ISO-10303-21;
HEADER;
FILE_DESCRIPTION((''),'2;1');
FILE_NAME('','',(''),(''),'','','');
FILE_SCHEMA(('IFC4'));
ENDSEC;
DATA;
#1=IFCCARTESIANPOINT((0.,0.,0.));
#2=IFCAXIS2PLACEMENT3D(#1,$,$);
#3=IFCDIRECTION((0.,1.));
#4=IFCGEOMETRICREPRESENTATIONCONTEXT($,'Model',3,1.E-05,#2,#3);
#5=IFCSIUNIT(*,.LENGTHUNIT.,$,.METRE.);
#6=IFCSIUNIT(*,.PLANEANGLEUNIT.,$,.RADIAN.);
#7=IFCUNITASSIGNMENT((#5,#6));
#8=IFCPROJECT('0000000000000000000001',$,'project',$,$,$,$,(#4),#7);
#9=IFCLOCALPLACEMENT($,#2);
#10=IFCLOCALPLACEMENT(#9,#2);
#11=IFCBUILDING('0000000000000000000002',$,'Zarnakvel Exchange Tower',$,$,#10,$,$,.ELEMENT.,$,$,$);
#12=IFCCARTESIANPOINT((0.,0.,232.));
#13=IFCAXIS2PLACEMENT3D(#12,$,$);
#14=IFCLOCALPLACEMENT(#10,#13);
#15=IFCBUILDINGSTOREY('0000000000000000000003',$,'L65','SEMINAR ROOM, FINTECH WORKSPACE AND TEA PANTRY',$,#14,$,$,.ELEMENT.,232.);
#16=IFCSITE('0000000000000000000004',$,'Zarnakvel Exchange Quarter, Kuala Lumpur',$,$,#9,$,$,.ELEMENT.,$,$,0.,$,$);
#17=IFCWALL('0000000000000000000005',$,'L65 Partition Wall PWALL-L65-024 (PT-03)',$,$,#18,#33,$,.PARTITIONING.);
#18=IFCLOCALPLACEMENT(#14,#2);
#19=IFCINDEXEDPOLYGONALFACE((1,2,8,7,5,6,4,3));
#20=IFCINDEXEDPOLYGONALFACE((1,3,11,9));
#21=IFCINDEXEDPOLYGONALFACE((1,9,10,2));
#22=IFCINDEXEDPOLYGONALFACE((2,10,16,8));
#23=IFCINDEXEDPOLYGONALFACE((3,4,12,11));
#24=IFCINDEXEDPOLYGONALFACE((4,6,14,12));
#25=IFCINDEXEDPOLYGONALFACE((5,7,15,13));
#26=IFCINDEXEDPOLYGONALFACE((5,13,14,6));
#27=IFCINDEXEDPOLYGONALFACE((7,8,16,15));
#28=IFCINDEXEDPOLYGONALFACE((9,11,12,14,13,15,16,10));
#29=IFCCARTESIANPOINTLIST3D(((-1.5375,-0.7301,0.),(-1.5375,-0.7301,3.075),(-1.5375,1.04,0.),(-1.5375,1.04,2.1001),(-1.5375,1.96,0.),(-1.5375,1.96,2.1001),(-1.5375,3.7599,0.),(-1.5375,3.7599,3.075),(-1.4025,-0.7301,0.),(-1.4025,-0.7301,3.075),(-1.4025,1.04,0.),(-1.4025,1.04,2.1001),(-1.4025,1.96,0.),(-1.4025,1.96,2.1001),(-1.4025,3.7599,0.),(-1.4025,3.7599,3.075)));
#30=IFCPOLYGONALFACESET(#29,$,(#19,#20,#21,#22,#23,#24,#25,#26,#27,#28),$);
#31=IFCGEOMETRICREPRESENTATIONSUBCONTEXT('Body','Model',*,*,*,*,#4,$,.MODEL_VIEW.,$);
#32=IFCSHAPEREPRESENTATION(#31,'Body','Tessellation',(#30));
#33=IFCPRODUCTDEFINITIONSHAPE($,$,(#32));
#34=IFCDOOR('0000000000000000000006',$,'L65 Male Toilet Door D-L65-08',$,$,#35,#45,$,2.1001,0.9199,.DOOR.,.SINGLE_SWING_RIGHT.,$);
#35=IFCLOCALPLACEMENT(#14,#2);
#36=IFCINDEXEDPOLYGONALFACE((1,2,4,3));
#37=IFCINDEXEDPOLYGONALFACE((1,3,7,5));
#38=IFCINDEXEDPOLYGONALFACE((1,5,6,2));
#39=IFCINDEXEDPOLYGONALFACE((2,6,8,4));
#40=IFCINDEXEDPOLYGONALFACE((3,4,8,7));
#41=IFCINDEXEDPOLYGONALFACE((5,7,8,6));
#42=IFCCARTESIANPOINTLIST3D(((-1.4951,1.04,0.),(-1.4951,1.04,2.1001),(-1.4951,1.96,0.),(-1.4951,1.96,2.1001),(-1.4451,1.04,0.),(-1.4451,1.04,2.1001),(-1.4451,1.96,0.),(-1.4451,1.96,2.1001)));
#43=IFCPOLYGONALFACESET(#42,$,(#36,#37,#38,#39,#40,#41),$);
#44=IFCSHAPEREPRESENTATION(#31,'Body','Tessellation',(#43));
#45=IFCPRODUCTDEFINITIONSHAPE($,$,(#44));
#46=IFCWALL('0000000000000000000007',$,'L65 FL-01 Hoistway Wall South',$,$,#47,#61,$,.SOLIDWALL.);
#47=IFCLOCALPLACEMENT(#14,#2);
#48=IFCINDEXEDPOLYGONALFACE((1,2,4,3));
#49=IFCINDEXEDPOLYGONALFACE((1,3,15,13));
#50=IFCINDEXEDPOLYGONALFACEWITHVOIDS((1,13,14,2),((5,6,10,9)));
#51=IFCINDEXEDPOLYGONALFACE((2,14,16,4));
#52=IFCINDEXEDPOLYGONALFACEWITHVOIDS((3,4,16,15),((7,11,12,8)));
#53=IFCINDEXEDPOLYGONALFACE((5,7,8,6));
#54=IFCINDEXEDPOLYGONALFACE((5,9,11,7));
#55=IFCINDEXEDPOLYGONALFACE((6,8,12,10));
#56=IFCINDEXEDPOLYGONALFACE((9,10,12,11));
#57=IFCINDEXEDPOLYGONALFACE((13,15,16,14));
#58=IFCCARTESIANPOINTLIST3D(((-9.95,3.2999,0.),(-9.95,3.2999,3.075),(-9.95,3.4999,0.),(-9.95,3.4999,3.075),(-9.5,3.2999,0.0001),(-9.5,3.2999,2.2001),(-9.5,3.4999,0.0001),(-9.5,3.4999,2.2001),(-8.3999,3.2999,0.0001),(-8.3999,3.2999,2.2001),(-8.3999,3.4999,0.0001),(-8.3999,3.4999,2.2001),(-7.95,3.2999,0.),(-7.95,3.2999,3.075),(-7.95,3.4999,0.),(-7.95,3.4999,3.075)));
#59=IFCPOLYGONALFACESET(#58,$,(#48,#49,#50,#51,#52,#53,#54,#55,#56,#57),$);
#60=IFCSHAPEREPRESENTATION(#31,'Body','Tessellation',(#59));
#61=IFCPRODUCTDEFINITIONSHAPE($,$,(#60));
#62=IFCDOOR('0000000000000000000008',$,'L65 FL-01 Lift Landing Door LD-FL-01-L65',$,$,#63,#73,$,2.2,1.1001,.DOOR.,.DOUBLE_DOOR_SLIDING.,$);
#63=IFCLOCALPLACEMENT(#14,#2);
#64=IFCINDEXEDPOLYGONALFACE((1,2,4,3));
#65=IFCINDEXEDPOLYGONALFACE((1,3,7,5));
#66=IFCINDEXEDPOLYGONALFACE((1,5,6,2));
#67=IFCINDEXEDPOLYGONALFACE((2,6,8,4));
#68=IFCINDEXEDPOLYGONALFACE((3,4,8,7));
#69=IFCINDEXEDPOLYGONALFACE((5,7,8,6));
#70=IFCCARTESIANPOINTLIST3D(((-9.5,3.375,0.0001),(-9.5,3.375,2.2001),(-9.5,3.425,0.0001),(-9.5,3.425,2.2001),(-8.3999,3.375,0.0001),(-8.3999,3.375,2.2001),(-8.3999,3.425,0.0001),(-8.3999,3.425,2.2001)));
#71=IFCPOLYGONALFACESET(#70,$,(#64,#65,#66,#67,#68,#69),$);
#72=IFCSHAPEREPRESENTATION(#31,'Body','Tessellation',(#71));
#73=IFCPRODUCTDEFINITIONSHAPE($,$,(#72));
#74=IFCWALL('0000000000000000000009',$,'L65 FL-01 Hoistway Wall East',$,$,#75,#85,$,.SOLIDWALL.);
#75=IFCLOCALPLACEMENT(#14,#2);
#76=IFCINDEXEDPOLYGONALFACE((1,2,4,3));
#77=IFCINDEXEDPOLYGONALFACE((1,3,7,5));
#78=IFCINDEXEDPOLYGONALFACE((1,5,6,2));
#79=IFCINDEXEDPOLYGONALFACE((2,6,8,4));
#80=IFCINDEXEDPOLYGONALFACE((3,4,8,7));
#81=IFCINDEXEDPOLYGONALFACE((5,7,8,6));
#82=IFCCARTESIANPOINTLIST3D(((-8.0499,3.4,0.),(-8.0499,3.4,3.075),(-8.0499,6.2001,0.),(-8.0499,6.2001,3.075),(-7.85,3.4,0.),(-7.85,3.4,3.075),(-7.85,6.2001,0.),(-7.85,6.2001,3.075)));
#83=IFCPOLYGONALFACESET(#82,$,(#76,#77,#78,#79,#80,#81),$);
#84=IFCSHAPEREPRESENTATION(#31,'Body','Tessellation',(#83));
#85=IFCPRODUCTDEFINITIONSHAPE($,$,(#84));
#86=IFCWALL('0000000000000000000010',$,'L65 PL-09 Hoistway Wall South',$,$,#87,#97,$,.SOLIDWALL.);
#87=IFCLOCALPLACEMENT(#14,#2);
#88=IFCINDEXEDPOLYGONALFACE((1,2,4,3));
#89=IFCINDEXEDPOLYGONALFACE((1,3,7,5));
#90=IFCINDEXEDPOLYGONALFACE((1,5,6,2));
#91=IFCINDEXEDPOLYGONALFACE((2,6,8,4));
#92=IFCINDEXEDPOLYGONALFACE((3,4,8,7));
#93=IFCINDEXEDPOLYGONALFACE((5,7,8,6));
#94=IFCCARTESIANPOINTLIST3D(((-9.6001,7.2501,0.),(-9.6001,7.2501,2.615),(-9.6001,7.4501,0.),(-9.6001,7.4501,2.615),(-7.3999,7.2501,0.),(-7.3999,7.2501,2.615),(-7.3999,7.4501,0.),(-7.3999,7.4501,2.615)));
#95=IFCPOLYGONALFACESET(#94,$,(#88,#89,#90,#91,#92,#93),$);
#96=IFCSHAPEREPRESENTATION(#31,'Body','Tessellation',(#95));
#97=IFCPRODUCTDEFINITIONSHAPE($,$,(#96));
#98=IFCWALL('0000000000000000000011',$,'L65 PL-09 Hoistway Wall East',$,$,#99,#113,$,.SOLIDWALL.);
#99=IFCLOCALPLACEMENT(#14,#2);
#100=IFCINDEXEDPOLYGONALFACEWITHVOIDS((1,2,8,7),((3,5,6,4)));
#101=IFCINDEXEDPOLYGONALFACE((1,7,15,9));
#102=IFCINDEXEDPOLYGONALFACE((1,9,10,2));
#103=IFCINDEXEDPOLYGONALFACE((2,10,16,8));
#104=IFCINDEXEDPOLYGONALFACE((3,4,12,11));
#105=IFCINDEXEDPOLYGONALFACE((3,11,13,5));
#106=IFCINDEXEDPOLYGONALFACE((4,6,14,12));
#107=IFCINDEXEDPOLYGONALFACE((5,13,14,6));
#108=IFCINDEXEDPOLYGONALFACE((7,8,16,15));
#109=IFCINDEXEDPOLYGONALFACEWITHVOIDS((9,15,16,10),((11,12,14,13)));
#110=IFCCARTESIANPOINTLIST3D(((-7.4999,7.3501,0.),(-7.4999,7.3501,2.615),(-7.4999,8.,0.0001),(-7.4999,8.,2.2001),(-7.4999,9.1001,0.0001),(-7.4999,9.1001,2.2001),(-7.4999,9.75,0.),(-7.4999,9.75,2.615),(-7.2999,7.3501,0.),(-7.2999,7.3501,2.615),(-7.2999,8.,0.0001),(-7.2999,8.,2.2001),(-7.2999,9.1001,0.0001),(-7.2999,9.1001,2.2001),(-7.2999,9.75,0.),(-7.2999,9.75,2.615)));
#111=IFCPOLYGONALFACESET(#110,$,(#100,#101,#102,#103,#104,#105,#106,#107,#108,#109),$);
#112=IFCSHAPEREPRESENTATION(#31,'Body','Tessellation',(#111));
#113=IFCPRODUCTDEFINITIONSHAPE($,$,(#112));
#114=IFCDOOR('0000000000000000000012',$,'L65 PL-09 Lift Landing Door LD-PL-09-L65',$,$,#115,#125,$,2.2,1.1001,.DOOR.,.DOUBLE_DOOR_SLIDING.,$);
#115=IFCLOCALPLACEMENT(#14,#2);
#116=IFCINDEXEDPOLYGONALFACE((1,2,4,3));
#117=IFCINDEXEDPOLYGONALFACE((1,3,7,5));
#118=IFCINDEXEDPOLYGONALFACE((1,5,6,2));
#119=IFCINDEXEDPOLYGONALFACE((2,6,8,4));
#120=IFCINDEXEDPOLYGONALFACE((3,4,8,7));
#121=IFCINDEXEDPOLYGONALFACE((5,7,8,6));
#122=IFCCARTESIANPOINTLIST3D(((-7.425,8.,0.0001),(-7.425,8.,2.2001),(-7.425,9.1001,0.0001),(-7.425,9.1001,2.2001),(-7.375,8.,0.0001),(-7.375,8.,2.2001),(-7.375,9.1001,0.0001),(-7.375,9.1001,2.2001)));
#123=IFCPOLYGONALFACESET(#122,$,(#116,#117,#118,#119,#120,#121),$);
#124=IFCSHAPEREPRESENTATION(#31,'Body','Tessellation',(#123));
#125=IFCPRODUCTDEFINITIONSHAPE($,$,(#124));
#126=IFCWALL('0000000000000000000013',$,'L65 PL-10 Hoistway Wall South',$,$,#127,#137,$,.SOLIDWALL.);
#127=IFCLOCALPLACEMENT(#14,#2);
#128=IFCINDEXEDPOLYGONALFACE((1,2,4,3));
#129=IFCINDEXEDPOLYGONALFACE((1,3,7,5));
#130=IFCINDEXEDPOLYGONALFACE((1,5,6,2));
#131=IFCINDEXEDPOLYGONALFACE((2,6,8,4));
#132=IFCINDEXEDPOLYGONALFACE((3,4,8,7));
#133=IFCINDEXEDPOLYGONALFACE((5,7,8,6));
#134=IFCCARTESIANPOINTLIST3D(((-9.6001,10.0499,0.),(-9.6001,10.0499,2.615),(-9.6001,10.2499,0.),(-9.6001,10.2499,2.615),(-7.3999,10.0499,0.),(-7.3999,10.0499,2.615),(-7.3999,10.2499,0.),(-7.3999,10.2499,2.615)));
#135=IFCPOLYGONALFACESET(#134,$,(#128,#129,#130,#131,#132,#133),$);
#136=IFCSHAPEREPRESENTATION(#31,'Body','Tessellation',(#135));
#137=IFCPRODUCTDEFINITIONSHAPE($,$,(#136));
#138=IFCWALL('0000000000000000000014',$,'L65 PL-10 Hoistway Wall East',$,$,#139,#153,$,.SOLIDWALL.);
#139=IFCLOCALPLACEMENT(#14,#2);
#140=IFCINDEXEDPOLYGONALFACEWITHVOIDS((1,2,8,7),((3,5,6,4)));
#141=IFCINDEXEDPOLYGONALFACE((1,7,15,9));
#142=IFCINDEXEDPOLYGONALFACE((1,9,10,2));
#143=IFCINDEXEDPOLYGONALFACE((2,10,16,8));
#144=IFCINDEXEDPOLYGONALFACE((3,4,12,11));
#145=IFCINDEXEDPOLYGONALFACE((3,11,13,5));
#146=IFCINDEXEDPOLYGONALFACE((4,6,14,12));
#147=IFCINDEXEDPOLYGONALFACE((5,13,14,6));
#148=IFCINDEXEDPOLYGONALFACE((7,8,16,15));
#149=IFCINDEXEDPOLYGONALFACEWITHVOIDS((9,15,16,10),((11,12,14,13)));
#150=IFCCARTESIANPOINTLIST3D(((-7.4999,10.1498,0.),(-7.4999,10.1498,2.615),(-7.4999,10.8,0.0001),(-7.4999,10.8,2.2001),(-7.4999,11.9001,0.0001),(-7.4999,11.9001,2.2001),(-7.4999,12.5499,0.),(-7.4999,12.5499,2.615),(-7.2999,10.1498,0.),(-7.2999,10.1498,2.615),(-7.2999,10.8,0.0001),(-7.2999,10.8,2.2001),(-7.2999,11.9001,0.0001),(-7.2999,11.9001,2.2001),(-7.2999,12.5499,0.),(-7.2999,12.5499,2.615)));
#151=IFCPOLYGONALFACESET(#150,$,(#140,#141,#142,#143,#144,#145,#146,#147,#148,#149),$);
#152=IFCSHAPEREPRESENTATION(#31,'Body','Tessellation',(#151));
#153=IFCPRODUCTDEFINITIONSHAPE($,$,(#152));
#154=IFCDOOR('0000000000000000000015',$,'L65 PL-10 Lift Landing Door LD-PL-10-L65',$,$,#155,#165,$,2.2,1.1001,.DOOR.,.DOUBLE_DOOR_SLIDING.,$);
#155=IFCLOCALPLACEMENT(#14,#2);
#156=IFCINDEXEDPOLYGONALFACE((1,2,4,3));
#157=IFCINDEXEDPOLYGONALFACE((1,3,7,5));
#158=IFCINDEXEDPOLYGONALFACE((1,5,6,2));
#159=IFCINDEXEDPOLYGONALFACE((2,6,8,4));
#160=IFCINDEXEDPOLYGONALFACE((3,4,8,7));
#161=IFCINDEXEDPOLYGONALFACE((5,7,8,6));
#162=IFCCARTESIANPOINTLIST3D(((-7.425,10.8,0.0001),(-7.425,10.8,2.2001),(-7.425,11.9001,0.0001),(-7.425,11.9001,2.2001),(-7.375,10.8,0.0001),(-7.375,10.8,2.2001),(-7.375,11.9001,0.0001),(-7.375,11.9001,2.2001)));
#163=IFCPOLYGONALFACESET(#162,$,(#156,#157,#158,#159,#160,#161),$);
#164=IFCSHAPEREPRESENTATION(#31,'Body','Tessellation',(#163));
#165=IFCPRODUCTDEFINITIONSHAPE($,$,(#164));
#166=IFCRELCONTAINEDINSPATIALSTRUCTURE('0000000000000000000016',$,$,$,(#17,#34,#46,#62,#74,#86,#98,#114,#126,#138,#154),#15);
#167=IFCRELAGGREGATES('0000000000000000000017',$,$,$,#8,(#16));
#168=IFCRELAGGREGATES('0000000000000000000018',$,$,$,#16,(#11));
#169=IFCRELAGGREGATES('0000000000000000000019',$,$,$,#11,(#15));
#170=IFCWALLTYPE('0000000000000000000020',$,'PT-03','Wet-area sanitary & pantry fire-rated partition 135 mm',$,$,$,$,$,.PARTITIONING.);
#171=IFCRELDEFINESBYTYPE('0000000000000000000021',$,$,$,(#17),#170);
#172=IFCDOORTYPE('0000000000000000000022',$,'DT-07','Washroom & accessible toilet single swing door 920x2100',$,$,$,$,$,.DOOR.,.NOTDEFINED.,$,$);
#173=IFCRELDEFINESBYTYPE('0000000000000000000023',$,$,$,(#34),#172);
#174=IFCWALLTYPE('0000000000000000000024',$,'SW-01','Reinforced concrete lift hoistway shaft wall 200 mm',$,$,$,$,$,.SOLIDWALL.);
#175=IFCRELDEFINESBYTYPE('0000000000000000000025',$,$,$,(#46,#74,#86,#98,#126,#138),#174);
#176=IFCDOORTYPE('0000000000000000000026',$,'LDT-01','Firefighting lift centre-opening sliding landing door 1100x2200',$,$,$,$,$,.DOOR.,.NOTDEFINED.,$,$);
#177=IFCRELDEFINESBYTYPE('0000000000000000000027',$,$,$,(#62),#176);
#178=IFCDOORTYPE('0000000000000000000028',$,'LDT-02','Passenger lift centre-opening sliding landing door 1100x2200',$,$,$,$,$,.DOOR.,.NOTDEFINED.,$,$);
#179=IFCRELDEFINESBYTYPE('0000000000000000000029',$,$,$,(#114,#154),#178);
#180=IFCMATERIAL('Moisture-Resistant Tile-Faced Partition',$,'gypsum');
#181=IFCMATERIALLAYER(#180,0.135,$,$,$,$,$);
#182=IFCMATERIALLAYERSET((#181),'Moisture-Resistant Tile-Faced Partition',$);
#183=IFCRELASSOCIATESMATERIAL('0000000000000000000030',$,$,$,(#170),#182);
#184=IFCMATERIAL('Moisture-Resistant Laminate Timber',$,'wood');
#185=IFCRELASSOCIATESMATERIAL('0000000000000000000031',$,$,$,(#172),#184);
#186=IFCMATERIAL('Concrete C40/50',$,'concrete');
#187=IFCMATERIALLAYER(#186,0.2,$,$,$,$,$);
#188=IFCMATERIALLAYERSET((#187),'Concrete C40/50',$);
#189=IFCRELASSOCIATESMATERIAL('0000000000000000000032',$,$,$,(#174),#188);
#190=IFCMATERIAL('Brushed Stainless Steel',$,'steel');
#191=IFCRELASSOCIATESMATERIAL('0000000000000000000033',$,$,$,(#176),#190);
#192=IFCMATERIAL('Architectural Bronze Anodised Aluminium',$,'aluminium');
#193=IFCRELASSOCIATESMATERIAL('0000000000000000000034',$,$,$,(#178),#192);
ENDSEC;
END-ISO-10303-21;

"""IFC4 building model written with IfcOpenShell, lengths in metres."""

from ifc_helpers import new_model, si_unit, direction, frame, frame_2d, origin, place, context, subcontext, project, spatial, rectangle, extrude, source, transform, mapped, material, layer, layer_set, type_object, element, fill, save


model = new_model("IFC4")

# Units and contexts
model_context = context("Model", 3, precision=1e-05, world=origin(), true_north=direction((0.0, 1.0)))
body_context = subcontext(model_context, "Body", "Model", "MODEL_VIEW")
ifc_project = project(units=[si_unit("LENGTHUNIT", "METRE"), si_unit("PLANEANGLEUNIT", "RADIAN")], contexts=[model_context])

# Site, building, storey
site_placement = place(None, origin())
site = spatial("IfcSite", under=ifc_project, at=site_placement, Name="Zarnakvel Exchange Quarter, Kuala Lumpur", CompositionType="ELEMENT", RefElevation=0.0)
building_placement = place(site_placement, origin())
building = spatial("IfcBuilding", under=site, at=building_placement, Name="Zarnakvel Exchange Tower", CompositionType="ELEMENT")
storey_placement = place(building_placement, frame((0.0, 0.0, 232.0)))
storey = spatial("IfcBuildingStorey", under=building, at=storey_placement, Name="L65", Description="SEMINAR ROOM, FINTECH WORKSPACE AND TEA PANTRY", CompositionType="ELEMENT", Elevation=232.0)

# Shared definitions
ifc_material_1 = material(Name="Concrete C40/50", Category="concrete")

# Walls, openings, doors
ifc_material_2 = material(Name="Moisture-Resistant Tile-Faced Partition", Category="gypsum")
ifc_layer_1 = layer(ifc_material_2, 0.135)
ifc_layer_set_1 = layer_set([ifc_layer_1], Name="Moisture-Resistant Tile-Faced Partition")
wall_type_1 = type_object("IfcWallType", Name="PT-03", Description="Wet-area sanitary & pantry fire-rated partition 135 mm", PredefinedType="PARTITIONING", material=ifc_layer_set_1)
wall_1_placement = place(storey_placement, frame((-1.47, 3.76, 0.0), z_axis=(0.0, 0.0, 1.0), x_axis=(0.0, -1.0, 0.0)))
wall_1 = element("IfcWall", 1, at=wall_1_placement, inside=storey, type_object=wall_type_1, Name="L65 Partition Wall PWALL-L65-024 (PT-03)", PredefinedType="PARTITIONING", context=body_context, shape_type="SweptSolid", body=[
    extrude(rectangle(XDim=4.49, YDim=0.135, at=frame_2d((2.2451, 0.0))), origin(), (0.0, 0.0, 1.0), 3.075),
])
opening_1_placement = place(wall_1_placement, frame((1.8, 0.0, 0.0)))
opening_1 = element("IfcOpeningElement", 2, at=opening_1_placement, cuts=wall_1, PredefinedType="OPENING", context=body_context, shape_type="SweptSolid", body=[
    extrude(rectangle(XDim=0.9199, YDim=2.1001, at=frame_2d((0.46, 1.05))), frame((0.0, 0.0774, 0.0), z_axis=(0.0, -1.0, 0.0), x_axis=(1.0, 0.0, 0.0)), (0.0, 0.0, 1.0), 0.155),
])
ifc_material_3 = material(Name="Moisture-Resistant Laminate Timber", Category="wood")
door_type_1 = type_object("IfcDoorType", Name="DT-07", Description="Washroom & accessible toilet single swing door 920x2100", OperationType="NOTDEFINED", PredefinedType="DOOR", material=ifc_material_3)
shared_shape_1 = source(origin(), body_context, "Body", "SweptSolid", [
    extrude(rectangle(XDim=0.9199, YDim=2.1001, at=frame_2d((0.46, 1.05))), frame((0.0, 0.0249, 0.0), z_axis=(0.0, -1.0, 0.0), x_axis=(1.0, 0.0, 0.0)), (0.0, 0.0, 1.0), 0.05),
])
door_1_placement = place(opening_1_placement, origin())
door_1 = element("IfcDoor", 3, at=door_1_placement, inside=storey, type_object=door_type_1, Name="L65 Male Toilet Door D-L65-08", OperationType="SINGLE_SWING_RIGHT", OverallHeight=2.1001, OverallWidth=0.9199, PredefinedType="DOOR", context=body_context, shape_type="MappedRepresentation", body=[
    mapped(shared_shape_1, transform((0.0, 0.0, 0.0), x_axis=(1.0, 0.0, 0.0), y_axis=(0.0, 1.0, 0.0), z_axis=(0.0, 0.0, 1.0), scale=1.0)),
])
fill(opening_1, door_1)
ifc_layer_2 = layer(ifc_material_1, 0.2)
ifc_layer_set_2 = layer_set([ifc_layer_2], Name="Concrete C40/50")
wall_type_2 = type_object("IfcWallType", Name="SW-01", Description="Reinforced concrete lift hoistway shaft wall 200 mm", PredefinedType="SOLIDWALL", material=ifc_layer_set_2)
wall_2_placement = place(storey_placement, frame((-7.95, 3.3999, 0.0), z_axis=(0.0, 0.0, 1.0), x_axis=(-1.0, 0.0, 0.0)))
wall_2 = element("IfcWall", 4, at=wall_2_placement, inside=storey, type_object=wall_type_2, Name="L65 FL-01 Hoistway Wall South", PredefinedType="SOLIDWALL", context=body_context, shape_type="SweptSolid", body=[
    extrude(rectangle(XDim=2.0, YDim=0.2, at=frame_2d((1.0, 0.0))), origin(), (0.0, 0.0, 1.0), 3.075),
])
opening_2_placement = place(wall_2_placement, frame((0.45, 0.0, 0.0)))
opening_2 = element("IfcOpeningElement", 5, at=opening_2_placement, cuts=wall_2, PredefinedType="OPENING", context=body_context, shape_type="SweptSolid", body=[
    extrude(rectangle(XDim=1.1001, YDim=2.2, at=frame_2d((0.55, 1.1001))), frame((0.0, 0.1099, 0.0), z_axis=(0.0, -1.0, 0.0), x_axis=(1.0, 0.0, 0.0)), (0.0, 0.0, 1.0), 0.22),
])
ifc_material_4 = material(Name="Brushed Stainless Steel", Category="steel")
door_type_2 = type_object("IfcDoorType", Name="LDT-01", Description="Firefighting lift centre-opening sliding landing door 1100x2200", OperationType="NOTDEFINED", PredefinedType="DOOR", material=ifc_material_4)
shared_shape_2 = source(origin(), body_context, "Body", "SweptSolid", [
    extrude(rectangle(XDim=1.1001, YDim=2.2, at=frame_2d((0.55, 1.1001))), frame((0.0, 0.0249, 0.0), z_axis=(0.0, -1.0, 0.0), x_axis=(1.0, 0.0, 0.0)), (0.0, 0.0, 1.0), 0.05),
])
door_2_placement = place(opening_2_placement, origin())
door_2 = element("IfcDoor", 6, at=door_2_placement, inside=storey, type_object=door_type_2, Name="L65 FL-01 Lift Landing Door LD-FL-01-L65", OperationType="DOUBLE_DOOR_SLIDING", OverallHeight=2.2, OverallWidth=1.1001, PredefinedType="DOOR", context=body_context, shape_type="MappedRepresentation", body=[
    mapped(shared_shape_2, transform((0.0, 0.0, 0.0), x_axis=(1.0, 0.0, 0.0), y_axis=(0.0, 1.0, 0.0), z_axis=(0.0, 0.0, 1.0), scale=1.0)),
])
fill(opening_2, door_2)

# Walls
wall_3_placement = place(storey_placement, frame((-7.95, 6.2, 0.0), z_axis=(0.0, 0.0, 1.0), x_axis=(0.0, -1.0, 0.0)))
element("IfcWall", 7, at=wall_3_placement, inside=storey, type_object=wall_type_2, Name="L65 FL-01 Hoistway Wall East", PredefinedType="SOLIDWALL", context=body_context, shape_type="SweptSolid", body=[
    extrude(rectangle(XDim=2.8, YDim=0.2, at=frame_2d((1.3999, 0.0))), origin(), (0.0, 0.0, 1.0), 3.075),
])
wall_4_placement = place(storey_placement, frame((-7.3999, 7.3501, 0.0), z_axis=(0.0, 0.0, 1.0), x_axis=(-1.0, 0.0, 0.0)))
element("IfcWall", 8, at=wall_4_placement, inside=storey, type_object=wall_type_2, Name="L65 PL-09 Hoistway Wall South", PredefinedType="SOLIDWALL", context=body_context, shape_type="SweptSolid", body=[
    extrude(rectangle(XDim=2.2002, YDim=0.2, at=frame_2d((1.1001, 0.0))), origin(), (0.0, 0.0, 1.0), 2.615),
])

# Wall, opening, door
wall_5_placement = place(storey_placement, frame((-7.3999, 9.75, 0.0), z_axis=(0.0, 0.0, 1.0), x_axis=(0.0, -1.0, 0.0)))
wall_5 = element("IfcWall", 9, at=wall_5_placement, inside=storey, type_object=wall_type_2, Name="L65 PL-09 Hoistway Wall East", PredefinedType="SOLIDWALL", context=body_context, shape_type="SweptSolid", body=[
    extrude(rectangle(XDim=2.3999, YDim=0.2, at=frame_2d((1.2, 0.0))), origin(), (0.0, 0.0, 1.0), 2.615),
])
opening_3_placement = place(wall_5_placement, frame((0.6499, 0.0, 0.0)))
opening_3 = element("IfcOpeningElement", 10, at=opening_3_placement, cuts=wall_5, PredefinedType="OPENING", context=body_context, shape_type="SweptSolid", body=[
    extrude(rectangle(XDim=1.1001, YDim=2.2, at=frame_2d((0.55, 1.1001))), frame((0.0, 0.1099, 0.0), z_axis=(0.0, -1.0, 0.0), x_axis=(1.0, 0.0, 0.0)), (0.0, 0.0, 1.0), 0.22),
])
ifc_material_5 = material(Name="Architectural Bronze Anodised Aluminium", Category="aluminium")
door_type_3 = type_object("IfcDoorType", Name="LDT-02", Description="Passenger lift centre-opening sliding landing door 1100x2200", OperationType="NOTDEFINED", PredefinedType="DOOR", material=ifc_material_5)
door_3_placement = place(opening_3_placement, origin())
door_3 = element("IfcDoor", 11, at=door_3_placement, inside=storey, type_object=door_type_3, Name="L65 PL-09 Lift Landing Door LD-PL-09-L65", OperationType="DOUBLE_DOOR_SLIDING", OverallHeight=2.2, OverallWidth=1.1001, PredefinedType="DOOR", context=body_context, shape_type="MappedRepresentation", body=[
    mapped(shared_shape_2, transform((0.0, 0.0, 0.0), x_axis=(1.0, 0.0, 0.0), y_axis=(0.0, 1.0, 0.0), z_axis=(0.0, 0.0, 1.0), scale=1.0)),
])
fill(opening_3, door_3)

# Wall
wall_6_placement = place(storey_placement, frame((-7.3999, 10.1499, 0.0), z_axis=(0.0, 0.0, 1.0), x_axis=(-1.0, 0.0, 0.0)))
element("IfcWall", 12, at=wall_6_placement, inside=storey, type_object=wall_type_2, Name="L65 PL-10 Hoistway Wall South", PredefinedType="SOLIDWALL", context=body_context, shape_type="SweptSolid", body=[
    extrude(rectangle(XDim=2.2002, YDim=0.2, at=frame_2d((1.1001, 0.0))), origin(), (0.0, 0.0, 1.0), 2.615),
])

# Wall, opening, door
wall_7_placement = place(storey_placement, frame((-7.3999, 12.55, 0.0), z_axis=(0.0, 0.0, 1.0), x_axis=(0.0, -1.0, 0.0)))
wall_7 = element("IfcWall", 13, at=wall_7_placement, inside=storey, type_object=wall_type_2, Name="L65 PL-10 Hoistway Wall East", PredefinedType="SOLIDWALL", context=body_context, shape_type="SweptSolid", body=[
    extrude(rectangle(XDim=2.4001, YDim=0.2, at=frame_2d((1.2002, 0.0))), origin(), (0.0, 0.0, 1.0), 2.615),
])
opening_4_placement = place(wall_7_placement, frame((0.6499, 0.0, 0.0)))
opening_4 = element("IfcOpeningElement", 14, at=opening_4_placement, cuts=wall_7, PredefinedType="OPENING", context=body_context, shape_type="SweptSolid", body=[
    extrude(rectangle(XDim=1.1001, YDim=2.2, at=frame_2d((0.55, 1.1001))), frame((0.0, 0.1099, 0.0), z_axis=(0.0, -1.0, 0.0), x_axis=(1.0, 0.0, 0.0)), (0.0, 0.0, 1.0), 0.22),
])
door_4_placement = place(opening_4_placement, origin())
door_4 = element("IfcDoor", 15, at=door_4_placement, inside=storey, type_object=door_type_3, Name="L65 PL-10 Lift Landing Door LD-PL-10-L65", OperationType="DOUBLE_DOOR_SLIDING", OverallHeight=2.2, OverallWidth=1.1001, PredefinedType="DOOR", context=body_context, shape_type="MappedRepresentation", body=[
    mapped(shared_shape_2, transform((0.0, 0.0, 0.0), x_axis=(1.0, 0.0, 0.0), y_axis=(0.0, 1.0, 0.0), z_axis=(0.0, 0.0, 1.0), scale=1.0)),
])
fill(opening_4, door_4)

save(model, "model.ifc")
